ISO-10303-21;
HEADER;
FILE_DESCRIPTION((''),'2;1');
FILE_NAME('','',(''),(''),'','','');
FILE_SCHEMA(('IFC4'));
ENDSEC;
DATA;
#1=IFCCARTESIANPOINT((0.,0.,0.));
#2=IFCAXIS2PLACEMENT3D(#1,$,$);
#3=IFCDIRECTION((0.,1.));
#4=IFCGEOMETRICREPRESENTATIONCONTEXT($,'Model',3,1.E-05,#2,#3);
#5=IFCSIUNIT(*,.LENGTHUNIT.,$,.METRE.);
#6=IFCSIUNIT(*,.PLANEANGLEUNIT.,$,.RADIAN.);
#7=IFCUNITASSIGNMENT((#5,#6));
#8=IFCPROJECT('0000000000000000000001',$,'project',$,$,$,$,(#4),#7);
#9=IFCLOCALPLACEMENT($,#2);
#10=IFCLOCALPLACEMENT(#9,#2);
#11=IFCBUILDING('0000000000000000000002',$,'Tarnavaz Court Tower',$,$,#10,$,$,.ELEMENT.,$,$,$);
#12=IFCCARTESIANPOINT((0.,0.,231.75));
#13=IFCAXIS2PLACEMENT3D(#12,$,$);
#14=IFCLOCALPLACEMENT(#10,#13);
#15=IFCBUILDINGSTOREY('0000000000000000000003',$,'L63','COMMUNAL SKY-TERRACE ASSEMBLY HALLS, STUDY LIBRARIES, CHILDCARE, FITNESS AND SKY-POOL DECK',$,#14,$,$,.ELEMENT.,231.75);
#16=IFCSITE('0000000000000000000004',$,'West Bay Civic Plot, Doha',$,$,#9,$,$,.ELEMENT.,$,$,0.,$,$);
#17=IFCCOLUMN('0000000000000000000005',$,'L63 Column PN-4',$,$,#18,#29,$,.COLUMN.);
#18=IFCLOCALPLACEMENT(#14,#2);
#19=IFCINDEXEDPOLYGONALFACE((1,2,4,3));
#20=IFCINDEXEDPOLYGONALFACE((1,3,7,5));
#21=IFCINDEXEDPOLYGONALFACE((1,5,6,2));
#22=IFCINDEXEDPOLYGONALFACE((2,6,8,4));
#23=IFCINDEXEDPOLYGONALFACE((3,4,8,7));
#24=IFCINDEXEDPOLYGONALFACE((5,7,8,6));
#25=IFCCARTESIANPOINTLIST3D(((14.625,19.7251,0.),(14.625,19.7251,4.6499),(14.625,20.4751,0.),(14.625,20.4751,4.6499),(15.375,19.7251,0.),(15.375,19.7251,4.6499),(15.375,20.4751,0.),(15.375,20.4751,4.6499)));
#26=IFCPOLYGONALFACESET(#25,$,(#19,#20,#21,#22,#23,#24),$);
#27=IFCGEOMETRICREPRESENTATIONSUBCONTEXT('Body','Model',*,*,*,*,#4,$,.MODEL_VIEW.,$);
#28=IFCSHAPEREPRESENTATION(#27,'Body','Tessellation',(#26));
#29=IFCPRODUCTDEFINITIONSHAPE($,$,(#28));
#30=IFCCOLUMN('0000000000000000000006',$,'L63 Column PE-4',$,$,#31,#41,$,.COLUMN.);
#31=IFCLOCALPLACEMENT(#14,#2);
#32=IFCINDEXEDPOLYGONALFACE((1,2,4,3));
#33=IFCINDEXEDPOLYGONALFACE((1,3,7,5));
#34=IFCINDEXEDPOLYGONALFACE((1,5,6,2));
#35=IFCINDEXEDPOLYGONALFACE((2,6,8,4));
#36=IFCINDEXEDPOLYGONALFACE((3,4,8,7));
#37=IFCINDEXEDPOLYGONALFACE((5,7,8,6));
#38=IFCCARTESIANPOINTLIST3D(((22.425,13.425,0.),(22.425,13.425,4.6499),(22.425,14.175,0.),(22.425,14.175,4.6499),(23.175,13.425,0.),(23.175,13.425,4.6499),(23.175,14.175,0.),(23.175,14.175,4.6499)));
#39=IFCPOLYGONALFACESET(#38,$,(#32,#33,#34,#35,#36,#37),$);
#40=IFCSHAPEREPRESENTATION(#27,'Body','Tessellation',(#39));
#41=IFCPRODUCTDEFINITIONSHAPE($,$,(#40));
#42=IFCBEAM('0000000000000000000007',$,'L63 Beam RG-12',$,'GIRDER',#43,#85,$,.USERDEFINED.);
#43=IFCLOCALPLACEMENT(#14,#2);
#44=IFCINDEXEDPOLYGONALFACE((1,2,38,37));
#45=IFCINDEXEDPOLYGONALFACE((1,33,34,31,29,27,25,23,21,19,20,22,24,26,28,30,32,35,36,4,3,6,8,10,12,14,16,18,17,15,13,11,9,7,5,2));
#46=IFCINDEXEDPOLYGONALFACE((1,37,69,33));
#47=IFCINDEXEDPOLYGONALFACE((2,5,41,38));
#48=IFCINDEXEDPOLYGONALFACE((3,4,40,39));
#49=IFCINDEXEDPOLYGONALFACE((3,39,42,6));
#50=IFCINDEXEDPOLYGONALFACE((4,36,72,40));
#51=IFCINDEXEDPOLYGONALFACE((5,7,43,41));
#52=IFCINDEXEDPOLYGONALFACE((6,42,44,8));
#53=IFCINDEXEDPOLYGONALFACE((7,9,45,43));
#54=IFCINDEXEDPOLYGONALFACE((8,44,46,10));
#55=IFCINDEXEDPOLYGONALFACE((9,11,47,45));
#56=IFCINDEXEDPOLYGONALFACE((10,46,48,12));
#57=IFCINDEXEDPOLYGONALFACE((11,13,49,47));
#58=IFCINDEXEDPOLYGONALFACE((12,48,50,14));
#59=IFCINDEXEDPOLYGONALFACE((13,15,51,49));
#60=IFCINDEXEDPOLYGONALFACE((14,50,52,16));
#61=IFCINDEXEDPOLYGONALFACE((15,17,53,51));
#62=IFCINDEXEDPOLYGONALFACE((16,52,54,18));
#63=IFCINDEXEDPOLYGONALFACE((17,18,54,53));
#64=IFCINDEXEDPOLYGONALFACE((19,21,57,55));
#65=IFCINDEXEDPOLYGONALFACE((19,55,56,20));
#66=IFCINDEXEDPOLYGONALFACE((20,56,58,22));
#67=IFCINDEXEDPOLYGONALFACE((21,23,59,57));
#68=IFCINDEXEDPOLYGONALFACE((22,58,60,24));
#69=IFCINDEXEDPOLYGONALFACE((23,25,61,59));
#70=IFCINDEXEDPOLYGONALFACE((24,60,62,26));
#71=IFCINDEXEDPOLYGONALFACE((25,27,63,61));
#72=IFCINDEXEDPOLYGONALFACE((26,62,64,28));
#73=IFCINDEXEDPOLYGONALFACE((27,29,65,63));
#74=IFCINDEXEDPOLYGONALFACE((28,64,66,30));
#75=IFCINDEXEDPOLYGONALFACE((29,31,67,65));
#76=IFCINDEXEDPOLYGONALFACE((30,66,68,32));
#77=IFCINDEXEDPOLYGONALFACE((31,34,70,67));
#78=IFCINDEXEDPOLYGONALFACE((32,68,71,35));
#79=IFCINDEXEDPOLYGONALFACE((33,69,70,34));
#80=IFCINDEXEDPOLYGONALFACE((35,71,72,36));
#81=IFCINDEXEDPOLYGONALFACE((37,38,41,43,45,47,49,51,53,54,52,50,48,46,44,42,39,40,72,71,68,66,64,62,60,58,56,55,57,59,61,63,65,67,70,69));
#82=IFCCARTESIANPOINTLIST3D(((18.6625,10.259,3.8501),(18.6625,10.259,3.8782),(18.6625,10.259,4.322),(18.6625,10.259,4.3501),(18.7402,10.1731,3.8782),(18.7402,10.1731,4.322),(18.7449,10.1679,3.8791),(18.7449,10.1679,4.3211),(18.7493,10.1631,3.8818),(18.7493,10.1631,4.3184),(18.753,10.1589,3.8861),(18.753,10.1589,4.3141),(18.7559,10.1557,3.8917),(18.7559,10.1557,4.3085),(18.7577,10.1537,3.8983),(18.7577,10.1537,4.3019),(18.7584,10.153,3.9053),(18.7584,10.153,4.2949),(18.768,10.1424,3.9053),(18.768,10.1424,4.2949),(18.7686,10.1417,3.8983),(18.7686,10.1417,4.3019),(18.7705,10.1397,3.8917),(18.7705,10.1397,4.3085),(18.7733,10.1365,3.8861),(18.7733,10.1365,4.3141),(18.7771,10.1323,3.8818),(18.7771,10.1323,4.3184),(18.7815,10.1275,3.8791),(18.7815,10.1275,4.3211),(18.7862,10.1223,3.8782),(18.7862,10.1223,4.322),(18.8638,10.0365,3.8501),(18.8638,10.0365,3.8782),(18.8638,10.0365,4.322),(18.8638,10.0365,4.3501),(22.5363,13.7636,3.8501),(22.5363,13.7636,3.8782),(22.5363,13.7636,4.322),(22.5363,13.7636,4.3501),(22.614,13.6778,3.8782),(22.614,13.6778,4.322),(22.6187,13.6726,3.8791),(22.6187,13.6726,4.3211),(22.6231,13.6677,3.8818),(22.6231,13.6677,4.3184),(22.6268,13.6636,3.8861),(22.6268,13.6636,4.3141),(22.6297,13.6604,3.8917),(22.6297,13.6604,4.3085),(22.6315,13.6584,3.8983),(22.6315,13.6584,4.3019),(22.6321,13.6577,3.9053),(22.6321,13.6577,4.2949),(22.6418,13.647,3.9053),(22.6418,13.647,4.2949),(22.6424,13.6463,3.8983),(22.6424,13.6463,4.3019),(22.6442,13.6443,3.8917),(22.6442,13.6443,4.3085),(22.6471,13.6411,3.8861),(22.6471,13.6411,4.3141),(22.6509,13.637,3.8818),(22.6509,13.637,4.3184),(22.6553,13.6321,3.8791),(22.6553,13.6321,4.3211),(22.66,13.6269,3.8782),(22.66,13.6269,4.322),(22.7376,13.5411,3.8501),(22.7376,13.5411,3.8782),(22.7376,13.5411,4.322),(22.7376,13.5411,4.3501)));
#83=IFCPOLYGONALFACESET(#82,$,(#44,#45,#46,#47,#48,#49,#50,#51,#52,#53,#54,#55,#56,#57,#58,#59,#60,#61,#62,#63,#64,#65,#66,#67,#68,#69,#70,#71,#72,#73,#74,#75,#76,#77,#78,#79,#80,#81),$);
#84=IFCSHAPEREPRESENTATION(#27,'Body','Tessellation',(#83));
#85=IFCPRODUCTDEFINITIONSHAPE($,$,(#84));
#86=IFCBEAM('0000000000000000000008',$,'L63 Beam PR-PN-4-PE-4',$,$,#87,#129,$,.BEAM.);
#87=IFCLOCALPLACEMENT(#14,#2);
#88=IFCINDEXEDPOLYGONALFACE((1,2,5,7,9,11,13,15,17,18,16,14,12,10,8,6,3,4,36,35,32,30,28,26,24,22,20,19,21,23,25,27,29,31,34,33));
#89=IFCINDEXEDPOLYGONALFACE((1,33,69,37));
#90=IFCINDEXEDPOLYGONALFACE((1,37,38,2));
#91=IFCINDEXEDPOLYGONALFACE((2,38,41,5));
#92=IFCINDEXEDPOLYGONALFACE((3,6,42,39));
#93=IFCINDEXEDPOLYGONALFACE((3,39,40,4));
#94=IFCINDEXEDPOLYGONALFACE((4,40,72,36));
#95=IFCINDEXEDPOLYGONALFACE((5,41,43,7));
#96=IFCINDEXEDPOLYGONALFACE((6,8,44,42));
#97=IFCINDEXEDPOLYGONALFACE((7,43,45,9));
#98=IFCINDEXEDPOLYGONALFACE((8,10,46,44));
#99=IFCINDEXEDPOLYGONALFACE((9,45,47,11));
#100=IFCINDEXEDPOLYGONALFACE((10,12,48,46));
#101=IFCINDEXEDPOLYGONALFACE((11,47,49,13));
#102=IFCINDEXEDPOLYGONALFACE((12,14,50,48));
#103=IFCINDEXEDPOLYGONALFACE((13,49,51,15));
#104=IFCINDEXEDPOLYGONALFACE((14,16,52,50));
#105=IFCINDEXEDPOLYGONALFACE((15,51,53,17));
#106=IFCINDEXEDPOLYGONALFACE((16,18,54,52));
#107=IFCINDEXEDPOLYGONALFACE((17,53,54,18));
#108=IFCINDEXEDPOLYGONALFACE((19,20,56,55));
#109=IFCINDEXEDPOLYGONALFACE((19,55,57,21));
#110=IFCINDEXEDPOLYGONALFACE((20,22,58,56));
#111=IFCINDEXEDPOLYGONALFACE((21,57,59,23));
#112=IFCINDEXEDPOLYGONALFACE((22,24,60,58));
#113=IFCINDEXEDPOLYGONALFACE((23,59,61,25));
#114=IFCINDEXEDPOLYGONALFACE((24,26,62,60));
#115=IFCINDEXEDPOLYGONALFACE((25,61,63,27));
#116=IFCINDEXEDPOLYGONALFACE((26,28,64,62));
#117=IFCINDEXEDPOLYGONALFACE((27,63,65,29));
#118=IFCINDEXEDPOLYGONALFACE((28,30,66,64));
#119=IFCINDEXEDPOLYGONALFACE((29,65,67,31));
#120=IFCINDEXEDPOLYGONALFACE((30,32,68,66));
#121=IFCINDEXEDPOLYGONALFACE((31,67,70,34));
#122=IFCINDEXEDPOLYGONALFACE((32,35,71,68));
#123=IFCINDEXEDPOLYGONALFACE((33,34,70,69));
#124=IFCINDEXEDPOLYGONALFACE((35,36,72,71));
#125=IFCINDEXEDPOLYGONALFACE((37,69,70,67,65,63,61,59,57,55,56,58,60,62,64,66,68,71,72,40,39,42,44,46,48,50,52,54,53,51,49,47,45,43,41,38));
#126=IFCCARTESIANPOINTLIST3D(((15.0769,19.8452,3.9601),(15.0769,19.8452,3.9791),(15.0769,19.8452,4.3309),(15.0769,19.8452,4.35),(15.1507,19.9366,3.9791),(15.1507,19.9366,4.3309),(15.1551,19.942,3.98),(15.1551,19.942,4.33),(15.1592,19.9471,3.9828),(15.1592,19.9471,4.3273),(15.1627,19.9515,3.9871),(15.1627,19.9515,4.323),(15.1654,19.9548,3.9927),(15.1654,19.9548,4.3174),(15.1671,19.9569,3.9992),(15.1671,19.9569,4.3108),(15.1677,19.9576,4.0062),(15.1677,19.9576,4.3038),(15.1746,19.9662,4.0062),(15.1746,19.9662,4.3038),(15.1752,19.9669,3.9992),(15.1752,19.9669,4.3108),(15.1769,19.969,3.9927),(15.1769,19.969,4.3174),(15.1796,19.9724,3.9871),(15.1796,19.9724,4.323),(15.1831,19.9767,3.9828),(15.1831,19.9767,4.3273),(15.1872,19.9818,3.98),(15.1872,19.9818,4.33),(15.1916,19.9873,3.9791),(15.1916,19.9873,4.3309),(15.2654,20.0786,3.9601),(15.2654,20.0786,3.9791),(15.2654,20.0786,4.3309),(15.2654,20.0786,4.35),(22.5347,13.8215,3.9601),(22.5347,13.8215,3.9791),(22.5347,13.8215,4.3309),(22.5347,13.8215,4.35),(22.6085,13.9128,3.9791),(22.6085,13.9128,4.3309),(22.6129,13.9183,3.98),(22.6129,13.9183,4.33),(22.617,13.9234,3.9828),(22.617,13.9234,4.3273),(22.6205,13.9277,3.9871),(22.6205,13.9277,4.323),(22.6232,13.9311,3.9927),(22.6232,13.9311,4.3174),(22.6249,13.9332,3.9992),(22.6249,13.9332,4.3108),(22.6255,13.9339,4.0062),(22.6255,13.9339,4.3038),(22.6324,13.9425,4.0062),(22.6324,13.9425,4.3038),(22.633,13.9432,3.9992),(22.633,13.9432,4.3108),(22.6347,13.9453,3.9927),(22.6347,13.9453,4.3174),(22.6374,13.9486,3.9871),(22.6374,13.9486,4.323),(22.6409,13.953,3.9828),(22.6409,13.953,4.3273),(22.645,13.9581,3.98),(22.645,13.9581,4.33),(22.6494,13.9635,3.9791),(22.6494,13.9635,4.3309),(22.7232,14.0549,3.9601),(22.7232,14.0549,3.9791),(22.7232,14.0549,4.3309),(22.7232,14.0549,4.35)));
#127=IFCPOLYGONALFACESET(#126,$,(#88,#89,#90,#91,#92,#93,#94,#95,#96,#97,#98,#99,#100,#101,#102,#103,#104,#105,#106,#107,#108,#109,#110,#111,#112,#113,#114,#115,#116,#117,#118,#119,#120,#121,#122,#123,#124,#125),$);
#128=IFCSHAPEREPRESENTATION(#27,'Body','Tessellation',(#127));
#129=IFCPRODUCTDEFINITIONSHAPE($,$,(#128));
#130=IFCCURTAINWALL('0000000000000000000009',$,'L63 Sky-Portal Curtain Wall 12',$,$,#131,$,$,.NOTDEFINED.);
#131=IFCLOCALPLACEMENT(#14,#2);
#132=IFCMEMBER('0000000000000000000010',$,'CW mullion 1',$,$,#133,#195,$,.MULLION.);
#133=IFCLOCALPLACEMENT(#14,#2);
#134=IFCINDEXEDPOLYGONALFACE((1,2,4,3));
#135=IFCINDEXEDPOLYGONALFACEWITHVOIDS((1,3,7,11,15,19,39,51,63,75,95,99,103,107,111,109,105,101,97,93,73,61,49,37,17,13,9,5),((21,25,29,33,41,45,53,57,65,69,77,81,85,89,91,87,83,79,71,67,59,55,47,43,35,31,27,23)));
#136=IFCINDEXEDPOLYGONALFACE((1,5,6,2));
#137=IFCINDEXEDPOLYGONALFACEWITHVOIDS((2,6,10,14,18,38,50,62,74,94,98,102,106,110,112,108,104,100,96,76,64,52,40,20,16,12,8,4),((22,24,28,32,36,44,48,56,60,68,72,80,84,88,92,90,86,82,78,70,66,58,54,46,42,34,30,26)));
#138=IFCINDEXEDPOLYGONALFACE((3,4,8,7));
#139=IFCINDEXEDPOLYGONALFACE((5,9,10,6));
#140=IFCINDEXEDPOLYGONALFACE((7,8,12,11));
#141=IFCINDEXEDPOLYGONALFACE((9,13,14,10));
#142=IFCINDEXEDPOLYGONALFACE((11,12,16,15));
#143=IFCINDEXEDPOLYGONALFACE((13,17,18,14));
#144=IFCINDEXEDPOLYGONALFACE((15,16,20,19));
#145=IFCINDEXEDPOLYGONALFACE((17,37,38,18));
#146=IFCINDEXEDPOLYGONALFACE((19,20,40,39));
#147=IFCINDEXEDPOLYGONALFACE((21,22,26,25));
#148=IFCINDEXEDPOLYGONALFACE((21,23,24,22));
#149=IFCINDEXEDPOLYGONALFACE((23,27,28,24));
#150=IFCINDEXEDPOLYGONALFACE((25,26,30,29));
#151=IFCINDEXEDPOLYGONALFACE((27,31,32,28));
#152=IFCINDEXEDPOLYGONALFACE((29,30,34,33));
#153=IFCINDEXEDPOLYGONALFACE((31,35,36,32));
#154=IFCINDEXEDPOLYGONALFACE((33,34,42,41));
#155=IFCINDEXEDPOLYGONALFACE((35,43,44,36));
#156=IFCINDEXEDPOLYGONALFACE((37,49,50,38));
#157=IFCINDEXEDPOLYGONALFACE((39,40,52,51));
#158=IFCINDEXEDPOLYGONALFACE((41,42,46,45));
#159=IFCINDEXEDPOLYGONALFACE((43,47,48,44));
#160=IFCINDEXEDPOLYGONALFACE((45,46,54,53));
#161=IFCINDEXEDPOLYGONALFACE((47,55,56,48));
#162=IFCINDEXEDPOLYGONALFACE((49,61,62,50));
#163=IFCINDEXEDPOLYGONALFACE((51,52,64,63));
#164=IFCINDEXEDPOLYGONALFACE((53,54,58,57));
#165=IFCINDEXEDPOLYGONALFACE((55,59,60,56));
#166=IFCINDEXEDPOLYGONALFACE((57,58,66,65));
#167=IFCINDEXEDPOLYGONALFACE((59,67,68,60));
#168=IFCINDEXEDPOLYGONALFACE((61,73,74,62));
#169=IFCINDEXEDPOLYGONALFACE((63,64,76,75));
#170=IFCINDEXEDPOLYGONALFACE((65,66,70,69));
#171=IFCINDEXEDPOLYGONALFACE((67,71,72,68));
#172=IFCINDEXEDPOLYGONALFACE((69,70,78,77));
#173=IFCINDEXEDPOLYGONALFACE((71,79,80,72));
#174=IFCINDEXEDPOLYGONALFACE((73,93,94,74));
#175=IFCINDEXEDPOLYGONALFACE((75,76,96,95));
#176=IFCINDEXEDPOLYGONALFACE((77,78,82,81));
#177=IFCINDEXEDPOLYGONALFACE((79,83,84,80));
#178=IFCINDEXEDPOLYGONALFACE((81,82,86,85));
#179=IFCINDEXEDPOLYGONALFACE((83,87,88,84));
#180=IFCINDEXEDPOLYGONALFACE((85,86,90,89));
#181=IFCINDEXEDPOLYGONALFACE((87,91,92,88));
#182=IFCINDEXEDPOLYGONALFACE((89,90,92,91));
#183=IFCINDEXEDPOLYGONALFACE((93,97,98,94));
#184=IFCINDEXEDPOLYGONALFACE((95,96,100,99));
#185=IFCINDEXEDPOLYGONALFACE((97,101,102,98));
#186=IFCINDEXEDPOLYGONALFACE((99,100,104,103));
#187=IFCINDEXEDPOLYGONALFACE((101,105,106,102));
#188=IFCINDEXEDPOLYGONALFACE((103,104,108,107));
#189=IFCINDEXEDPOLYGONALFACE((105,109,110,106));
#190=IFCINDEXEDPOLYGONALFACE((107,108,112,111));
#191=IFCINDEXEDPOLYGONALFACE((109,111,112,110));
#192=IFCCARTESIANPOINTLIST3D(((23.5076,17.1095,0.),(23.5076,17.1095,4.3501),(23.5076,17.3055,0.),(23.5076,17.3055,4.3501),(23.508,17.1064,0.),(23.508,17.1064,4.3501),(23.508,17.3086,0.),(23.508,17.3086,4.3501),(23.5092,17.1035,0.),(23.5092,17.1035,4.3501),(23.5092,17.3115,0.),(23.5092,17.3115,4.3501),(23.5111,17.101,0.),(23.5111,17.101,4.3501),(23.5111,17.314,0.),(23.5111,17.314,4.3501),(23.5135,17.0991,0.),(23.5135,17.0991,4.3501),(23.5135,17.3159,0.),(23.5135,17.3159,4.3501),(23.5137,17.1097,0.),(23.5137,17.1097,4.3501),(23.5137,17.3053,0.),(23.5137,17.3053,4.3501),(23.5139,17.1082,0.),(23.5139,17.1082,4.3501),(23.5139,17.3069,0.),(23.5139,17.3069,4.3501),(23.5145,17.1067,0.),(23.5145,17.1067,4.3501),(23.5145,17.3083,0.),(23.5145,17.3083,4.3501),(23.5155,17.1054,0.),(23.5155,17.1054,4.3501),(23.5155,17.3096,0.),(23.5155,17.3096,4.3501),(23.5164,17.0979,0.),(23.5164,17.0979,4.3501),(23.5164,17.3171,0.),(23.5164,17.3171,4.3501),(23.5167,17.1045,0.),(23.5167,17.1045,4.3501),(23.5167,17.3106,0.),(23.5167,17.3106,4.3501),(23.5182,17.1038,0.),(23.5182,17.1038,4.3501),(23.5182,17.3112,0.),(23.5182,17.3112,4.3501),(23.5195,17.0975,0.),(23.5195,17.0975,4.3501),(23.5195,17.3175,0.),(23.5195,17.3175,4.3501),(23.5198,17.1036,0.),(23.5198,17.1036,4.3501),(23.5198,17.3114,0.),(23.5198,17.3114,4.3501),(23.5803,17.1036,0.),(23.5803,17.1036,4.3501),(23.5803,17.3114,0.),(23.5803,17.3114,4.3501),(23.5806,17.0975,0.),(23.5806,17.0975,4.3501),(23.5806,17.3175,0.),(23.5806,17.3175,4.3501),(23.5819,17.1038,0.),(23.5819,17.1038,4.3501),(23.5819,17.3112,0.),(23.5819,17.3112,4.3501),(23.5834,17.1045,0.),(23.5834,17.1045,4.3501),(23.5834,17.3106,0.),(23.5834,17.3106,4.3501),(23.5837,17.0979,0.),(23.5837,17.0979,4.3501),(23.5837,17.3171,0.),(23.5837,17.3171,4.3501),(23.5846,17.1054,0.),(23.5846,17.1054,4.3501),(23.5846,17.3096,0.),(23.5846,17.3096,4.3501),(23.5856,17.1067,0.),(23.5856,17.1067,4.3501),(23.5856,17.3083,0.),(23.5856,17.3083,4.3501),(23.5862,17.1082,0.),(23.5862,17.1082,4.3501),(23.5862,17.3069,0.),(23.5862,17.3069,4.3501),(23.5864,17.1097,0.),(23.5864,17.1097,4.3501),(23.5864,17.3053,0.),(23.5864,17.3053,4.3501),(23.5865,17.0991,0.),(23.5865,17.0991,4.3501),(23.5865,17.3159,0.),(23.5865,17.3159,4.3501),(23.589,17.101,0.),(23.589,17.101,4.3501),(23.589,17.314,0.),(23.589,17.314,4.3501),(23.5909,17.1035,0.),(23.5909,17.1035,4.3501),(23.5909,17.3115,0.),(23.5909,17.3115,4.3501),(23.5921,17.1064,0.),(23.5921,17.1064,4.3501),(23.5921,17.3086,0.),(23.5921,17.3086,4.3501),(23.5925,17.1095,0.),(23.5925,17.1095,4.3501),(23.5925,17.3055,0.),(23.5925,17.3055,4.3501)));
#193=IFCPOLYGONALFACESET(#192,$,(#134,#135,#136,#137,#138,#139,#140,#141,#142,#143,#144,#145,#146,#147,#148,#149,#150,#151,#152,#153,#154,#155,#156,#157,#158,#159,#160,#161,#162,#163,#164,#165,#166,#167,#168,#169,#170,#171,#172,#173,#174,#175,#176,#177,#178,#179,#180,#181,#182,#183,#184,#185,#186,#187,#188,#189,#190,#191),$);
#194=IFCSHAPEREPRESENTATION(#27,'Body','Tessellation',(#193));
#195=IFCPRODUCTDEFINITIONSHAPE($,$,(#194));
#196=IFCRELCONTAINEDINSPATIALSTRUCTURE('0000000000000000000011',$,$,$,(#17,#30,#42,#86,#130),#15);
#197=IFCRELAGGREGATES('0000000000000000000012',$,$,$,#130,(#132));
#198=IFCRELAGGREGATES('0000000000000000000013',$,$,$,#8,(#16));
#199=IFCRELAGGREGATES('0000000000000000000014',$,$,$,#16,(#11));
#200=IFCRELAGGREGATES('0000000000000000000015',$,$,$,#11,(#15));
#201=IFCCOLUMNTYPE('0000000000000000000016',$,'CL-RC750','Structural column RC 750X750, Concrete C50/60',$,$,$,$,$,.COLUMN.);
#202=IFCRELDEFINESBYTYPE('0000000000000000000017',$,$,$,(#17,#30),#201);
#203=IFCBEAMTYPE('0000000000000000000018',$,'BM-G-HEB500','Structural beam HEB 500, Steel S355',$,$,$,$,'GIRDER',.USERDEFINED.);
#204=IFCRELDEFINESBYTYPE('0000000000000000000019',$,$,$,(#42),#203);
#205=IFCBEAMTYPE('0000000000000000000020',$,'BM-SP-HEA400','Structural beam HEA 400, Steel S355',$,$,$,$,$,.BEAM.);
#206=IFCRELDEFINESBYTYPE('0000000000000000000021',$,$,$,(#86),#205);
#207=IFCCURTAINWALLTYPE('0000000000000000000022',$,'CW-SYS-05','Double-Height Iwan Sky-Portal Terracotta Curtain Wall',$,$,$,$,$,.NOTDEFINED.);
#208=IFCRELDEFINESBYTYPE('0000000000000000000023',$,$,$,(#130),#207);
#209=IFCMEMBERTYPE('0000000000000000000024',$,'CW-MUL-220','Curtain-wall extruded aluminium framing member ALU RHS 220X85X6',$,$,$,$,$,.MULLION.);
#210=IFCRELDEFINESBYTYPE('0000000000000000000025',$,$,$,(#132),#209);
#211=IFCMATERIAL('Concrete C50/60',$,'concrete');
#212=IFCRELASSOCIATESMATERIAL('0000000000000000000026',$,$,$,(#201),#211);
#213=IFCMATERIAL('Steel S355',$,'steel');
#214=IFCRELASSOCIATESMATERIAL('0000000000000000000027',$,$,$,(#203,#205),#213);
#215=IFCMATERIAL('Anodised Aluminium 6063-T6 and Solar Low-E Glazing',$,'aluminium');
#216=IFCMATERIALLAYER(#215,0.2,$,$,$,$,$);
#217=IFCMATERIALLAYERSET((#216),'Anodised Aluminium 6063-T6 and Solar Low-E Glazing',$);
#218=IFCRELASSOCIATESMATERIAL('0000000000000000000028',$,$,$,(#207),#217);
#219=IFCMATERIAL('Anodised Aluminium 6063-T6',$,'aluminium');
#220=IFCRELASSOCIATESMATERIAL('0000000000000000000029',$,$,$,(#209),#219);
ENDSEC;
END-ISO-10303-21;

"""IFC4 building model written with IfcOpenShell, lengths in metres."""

from ifc_helpers import new_model, si_unit, direction, frame, origin, origin_2d, place, context, subcontext, project, spatial, rectangle, hollow_rectangle, i_section, extrude, material, layer, layer_set, material_profile, profile_set, type_object, element, aggregate, save


model = new_model("IFC4")

# Units and contexts
model_context = context("Model", 3, precision=1e-05, world=origin(), true_north=direction((0.0, 1.0)))
body_context = subcontext(model_context, "Body", "Model", "MODEL_VIEW")
ifc_project = project(units=[si_unit("LENGTHUNIT", "METRE"), si_unit("PLANEANGLEUNIT", "RADIAN")], contexts=[model_context])

# Site, building, storey
site_placement = place(None, origin())
site = spatial("IfcSite", under=ifc_project, at=site_placement, Name="West Bay Civic Plot, Doha", CompositionType="ELEMENT", RefElevation=0.0)
building_placement = place(site_placement, origin())
building = spatial("IfcBuilding", under=site, at=building_placement, Name="Tarnavaz Court Tower", CompositionType="ELEMENT")
storey_placement = place(building_placement, frame((0.0, 0.0, 231.75)))
storey = spatial("IfcBuildingStorey", under=building, at=storey_placement, Name="L63", Description="COMMUNAL SKY-TERRACE ASSEMBLY HALLS, STUDY LIBRARIES, CHILDCARE, FITNESS AND SKY-POOL DECK", CompositionType="ELEMENT", Elevation=231.75)

# Columns
ifc_material_1 = material(Name="Concrete C50/60", Category="concrete")
ifc_material_profile_1 = material_profile(ifc_material_1, rectangle(XDim=0.75, YDim=0.75, at=origin_2d()), Name="RC 750X750")
ifc_profile_set_1 = profile_set([ifc_material_profile_1], Name="Concrete C50/60")
column_type = type_object("IfcColumnType", Name="CL-RC750", Description="Structural column RC 750X750, Concrete C50/60", PredefinedType="COLUMN", material=ifc_profile_set_1)
for number, where, z_axis, x_axis, name in (
    (1, (15.0, 20.1001, 0.0), (0.0, 0.0, 1.0), (1.0, 0.0, 0.0), "L63 Column PN-4"),
    (2, (22.8, 13.8, 0.0), (0.0, 0.0, 1.0), (1.0, 0.0, 0.0), "L63 Column PE-4"),
):
    element("IfcColumn", number, at=place(storey_placement, frame(where, z_axis=z_axis, x_axis=x_axis)), inside=storey, type_object=column_type, Name=name, PredefinedType="COLUMN", context=body_context, shape_type="SweptSolid", body=[
        extrude(rectangle(XDim=0.75, YDim=0.75, at=origin_2d()), origin(), (0.0, 0.0, 1.0), 4.6499),
    ])

# Beams
ifc_material_2 = material(Name="Steel S355", Category="steel")
ifc_material_profile_2 = material_profile(ifc_material_2, i_section(OverallWidth=0.3, OverallDepth=0.5, WebThickness=0.0144, FlangeThickness=0.0281, FilletRadius=0.0271, at=origin_2d()), Name="HEB 500")
ifc_profile_set_2 = profile_set([ifc_material_profile_2], Name="Steel S355")
beam_type_1 = type_object("IfcBeamType", Name="BM-G-HEB500", Description="Structural beam HEB 500, Steel S355", ElementType="GIRDER", PredefinedType="USERDEFINED", material=ifc_profile_set_2)
beam_1_placement = place(storey_placement, frame((18.7632, 10.1477, 4.1001), z_axis=(0.741556, 0.670891, 0.0), x_axis=(-0.670891, 0.741556, 0.0)))
element("IfcBeam", 3, at=beam_1_placement, inside=storey, type_object=beam_type_1, Name="L63 Beam RG-12", ObjectType="GIRDER", PredefinedType="USERDEFINED", context=body_context, shape_type="SweptSolid", body=[
    extrude(i_section(OverallWidth=0.3, OverallDepth=0.5, WebThickness=0.0144, FlangeThickness=0.0281, FilletRadius=0.0271, at=origin_2d()), origin(), (0.0, 0.0, 1.0), 5.2239),
])
ifc_material_profile_3 = material_profile(ifc_material_2, i_section(OverallWidth=0.3, OverallDepth=0.3899, WebThickness=0.011, FlangeThickness=0.019, FilletRadius=0.0271, at=origin_2d()), Name="HEA 400")
ifc_profile_set_3 = profile_set([ifc_material_profile_3], Name="Steel S355")
beam_type_2 = type_object("IfcBeamType", Name="BM-SP-HEA400", Description="Structural beam HEA 400, Steel S355", PredefinedType="BEAM", material=ifc_profile_set_3)
beam_2_placement = place(storey_placement, frame((15.1711, 19.9619, 4.155), z_axis=(0.777936, -0.628344, 0.0), x_axis=(0.628344, 0.777936, 0.0)))
element("IfcBeam", 4, at=beam_2_placement, inside=storey, type_object=beam_type_2, Name="L63 Beam PR-PN-4-PE-4", PredefinedType="BEAM", context=body_context, shape_type="SweptSolid", body=[
    extrude(i_section(OverallWidth=0.3, OverallDepth=0.3899, WebThickness=0.011, FlangeThickness=0.019, FilletRadius=0.0271, at=origin_2d()), origin(), (0.0, 0.0, 1.0), 9.5867),
])

# Curtain wall, member
ifc_material_3 = material(Name="Anodised Aluminium 6063-T6 and Solar Low-E Glazing", Category="aluminium")
ifc_layer_1 = layer(ifc_material_3, 0.2)
ifc_layer_set_1 = layer_set([ifc_layer_1], Name="Anodised Aluminium 6063-T6 and Solar Low-E Glazing")
curtain_wall_type = type_object("IfcCurtainWallType", Name="CW-SYS-05", Description="Double-Height Iwan Sky-Portal Terracotta Curtain Wall", PredefinedType="NOTDEFINED", material=ifc_layer_set_1)
curtain_wall_placement = place(storey_placement, origin())
curtain_wall = element("IfcCurtainWall", 5, at=curtain_wall_placement, inside=storey, type_object=curtain_wall_type, Name="L63 Sky-Portal Curtain Wall 12", PredefinedType="NOTDEFINED")
ifc_material_4 = material(Name="Anodised Aluminium 6063-T6", Category="aluminium")
ifc_material_profile_4 = material_profile(ifc_material_4, hollow_rectangle(XDim=0.085, YDim=0.22, WallThickness=0.0061, InnerFilletRadius=0.0061, OuterFilletRadius=0.012, at=origin_2d()), Name="ALU RHS 220X85X6")
ifc_profile_set_4 = profile_set([ifc_material_profile_4], Name="Anodised Aluminium 6063-T6")
member_type_1 = type_object("IfcMemberType", Name="CW-MUL-220", Description="Curtain-wall extruded aluminium framing member ALU RHS 220X85X6", PredefinedType="MULLION", material=ifc_profile_set_4)
member_1_placement = place(storey_placement, frame((23.55, 17.2075, 0.0), z_axis=(0.0, 0.0, 1.0), x_axis=(1.0, 0.0, 0.0)))
member_1 = element("IfcMember", 6, at=member_1_placement, type_object=member_type_1, Name="CW mullion 1", PredefinedType="MULLION", context=body_context, shape_type="SweptSolid", body=[
    extrude(hollow_rectangle(XDim=0.085, YDim=0.22, WallThickness=0.0061, InnerFilletRadius=0.0061, OuterFilletRadius=0.012, at=origin_2d()), origin(), (0.0, 0.0, 1.0), 4.3501),
])
aggregate(curtain_wall, [member_1])

save(model, "model.ifc")
